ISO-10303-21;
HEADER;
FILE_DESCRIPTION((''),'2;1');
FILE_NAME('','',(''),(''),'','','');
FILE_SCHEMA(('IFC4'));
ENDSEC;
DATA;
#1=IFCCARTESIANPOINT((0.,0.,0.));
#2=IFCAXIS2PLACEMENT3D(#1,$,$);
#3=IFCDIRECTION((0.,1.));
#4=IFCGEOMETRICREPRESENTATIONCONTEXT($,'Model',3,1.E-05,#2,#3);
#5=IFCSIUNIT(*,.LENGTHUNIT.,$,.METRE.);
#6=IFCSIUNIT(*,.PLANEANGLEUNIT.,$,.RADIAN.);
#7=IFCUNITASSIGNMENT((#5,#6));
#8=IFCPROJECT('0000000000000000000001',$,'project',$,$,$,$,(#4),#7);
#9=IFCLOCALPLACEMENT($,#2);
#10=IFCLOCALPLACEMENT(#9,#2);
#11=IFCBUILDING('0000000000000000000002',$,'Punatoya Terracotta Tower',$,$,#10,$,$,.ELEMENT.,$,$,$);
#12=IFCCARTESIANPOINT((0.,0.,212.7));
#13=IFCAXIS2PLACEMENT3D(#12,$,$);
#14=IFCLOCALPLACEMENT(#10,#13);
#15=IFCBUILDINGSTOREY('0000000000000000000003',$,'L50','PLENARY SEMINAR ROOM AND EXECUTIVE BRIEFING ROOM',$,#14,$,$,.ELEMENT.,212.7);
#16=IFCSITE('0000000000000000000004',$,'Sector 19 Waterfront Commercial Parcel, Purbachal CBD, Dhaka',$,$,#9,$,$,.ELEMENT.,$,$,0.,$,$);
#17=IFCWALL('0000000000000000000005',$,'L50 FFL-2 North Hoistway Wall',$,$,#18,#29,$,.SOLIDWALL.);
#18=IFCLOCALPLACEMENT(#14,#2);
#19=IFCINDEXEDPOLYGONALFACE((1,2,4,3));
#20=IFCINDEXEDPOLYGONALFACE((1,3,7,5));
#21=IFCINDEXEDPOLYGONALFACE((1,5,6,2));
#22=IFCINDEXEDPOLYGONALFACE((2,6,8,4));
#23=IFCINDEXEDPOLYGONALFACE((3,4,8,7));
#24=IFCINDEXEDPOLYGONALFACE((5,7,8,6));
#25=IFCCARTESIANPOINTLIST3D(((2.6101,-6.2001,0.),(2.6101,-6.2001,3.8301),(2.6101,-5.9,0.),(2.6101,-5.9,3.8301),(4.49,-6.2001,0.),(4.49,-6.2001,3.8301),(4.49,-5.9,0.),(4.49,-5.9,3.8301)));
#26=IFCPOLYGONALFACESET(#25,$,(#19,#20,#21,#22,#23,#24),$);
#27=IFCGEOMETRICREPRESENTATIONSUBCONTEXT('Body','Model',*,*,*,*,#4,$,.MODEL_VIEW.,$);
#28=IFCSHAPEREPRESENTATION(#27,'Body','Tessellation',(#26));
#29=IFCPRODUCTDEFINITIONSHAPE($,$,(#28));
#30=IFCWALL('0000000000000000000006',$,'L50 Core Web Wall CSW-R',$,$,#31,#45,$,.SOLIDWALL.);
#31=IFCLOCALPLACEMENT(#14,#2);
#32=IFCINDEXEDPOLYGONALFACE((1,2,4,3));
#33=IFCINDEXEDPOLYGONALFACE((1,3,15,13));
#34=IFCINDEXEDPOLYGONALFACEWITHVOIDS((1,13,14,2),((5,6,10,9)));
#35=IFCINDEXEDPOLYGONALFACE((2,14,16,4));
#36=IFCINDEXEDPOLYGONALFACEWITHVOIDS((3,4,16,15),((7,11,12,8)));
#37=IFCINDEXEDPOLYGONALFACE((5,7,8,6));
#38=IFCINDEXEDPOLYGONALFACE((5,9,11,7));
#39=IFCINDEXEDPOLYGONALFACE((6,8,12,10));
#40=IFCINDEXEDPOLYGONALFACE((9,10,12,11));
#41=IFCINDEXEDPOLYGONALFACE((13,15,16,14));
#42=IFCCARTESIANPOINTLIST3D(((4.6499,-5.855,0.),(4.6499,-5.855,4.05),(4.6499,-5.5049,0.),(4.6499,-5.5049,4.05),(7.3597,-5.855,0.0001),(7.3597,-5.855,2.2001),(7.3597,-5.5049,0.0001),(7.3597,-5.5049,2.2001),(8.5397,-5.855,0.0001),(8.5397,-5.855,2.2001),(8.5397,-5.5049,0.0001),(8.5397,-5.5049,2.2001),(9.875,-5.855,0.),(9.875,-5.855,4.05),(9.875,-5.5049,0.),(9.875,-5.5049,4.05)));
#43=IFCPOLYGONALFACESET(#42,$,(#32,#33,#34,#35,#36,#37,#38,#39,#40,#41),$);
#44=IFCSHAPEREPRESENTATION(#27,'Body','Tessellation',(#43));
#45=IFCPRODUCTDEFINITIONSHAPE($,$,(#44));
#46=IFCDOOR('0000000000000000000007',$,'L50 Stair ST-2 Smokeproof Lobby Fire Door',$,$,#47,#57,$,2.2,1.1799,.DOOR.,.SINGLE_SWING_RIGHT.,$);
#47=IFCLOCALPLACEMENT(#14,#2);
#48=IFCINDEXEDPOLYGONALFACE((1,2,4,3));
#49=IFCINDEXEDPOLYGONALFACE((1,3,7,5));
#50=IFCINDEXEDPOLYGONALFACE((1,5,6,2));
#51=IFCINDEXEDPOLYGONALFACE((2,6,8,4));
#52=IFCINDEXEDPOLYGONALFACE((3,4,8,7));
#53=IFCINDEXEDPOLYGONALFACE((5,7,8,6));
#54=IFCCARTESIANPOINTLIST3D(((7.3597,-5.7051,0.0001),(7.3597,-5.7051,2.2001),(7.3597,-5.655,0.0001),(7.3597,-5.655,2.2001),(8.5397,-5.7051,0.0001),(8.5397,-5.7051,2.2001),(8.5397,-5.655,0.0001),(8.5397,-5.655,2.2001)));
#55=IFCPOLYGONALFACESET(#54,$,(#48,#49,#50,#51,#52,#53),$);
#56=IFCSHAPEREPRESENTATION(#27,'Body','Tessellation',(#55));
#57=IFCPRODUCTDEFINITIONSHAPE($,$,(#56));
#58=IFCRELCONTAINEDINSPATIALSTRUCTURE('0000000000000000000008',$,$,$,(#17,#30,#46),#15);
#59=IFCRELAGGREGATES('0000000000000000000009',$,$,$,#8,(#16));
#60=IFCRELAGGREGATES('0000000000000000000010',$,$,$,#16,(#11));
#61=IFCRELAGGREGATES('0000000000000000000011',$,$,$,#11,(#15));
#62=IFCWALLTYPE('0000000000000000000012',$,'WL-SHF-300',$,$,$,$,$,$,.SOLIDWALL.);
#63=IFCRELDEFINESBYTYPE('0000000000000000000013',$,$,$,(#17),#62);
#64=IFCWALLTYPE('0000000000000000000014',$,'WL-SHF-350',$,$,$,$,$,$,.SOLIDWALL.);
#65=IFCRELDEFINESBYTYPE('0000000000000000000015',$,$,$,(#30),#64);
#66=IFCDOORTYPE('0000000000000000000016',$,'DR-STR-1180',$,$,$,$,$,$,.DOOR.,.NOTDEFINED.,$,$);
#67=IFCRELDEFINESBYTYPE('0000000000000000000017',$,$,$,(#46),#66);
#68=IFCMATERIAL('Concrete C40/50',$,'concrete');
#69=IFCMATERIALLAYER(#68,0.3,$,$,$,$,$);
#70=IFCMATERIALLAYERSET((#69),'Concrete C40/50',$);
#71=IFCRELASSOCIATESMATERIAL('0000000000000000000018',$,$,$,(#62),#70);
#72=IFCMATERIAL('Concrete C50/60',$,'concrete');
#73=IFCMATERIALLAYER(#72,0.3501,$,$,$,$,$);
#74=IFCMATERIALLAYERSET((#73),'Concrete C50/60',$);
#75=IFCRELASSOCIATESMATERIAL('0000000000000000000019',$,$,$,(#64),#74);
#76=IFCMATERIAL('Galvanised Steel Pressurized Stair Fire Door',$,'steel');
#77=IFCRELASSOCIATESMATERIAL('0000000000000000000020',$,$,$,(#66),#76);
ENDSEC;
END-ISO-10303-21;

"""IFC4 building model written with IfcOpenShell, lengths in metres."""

from ifc_helpers import new_model, si_unit, direction, frame, frame_2d, origin, place, context, subcontext, project, spatial, rectangle, extrude, material, layer, layer_set, type_object, element, fill, save


model = new_model("IFC4")

# Units and contexts
model_context = context("Model", 3, precision=1e-05, world=origin(), true_north=direction((0.0, 1.0)))
body_context = subcontext(model_context, "Body", "Model", "MODEL_VIEW")
ifc_project = project(units=[si_unit("LENGTHUNIT", "METRE"), si_unit("PLANEANGLEUNIT", "RADIAN")], contexts=[model_context])

# Site, building, storey
site_placement = place(None, origin())
site = spatial("IfcSite", under=ifc_project, at=site_placement, Name="Sector 19 Waterfront Commercial Parcel, Purbachal CBD, Dhaka", CompositionType="ELEMENT", RefElevation=0.0)
building_placement = place(site_placement, origin())
building = spatial("IfcBuilding", under=site, at=building_placement, Name="Punatoya Terracotta Tower", CompositionType="ELEMENT")
storey_placement = place(building_placement, frame((0.0, 0.0, 212.7)))
storey = spatial("IfcBuildingStorey", under=building, at=storey_placement, Name="L50", Description="PLENARY SEMINAR ROOM AND EXECUTIVE BRIEFING ROOM", CompositionType="ELEMENT", Elevation=212.7)

# Shared definitions
ifc_material_1 = material(Name="Concrete C40/50", Category="concrete")

# Shared definitions
ifc_layer_1 = layer(ifc_material_1, 0.3)
ifc_layer_set_1 = layer_set([ifc_layer_1], Name="Concrete C40/50")
wall_type_1 = type_object("IfcWallType", Name="WL-SHF-300", PredefinedType="SOLIDWALL", material=ifc_layer_set_1)

# Wall
wall_1_placement = place(storey_placement, frame((2.6101, -6.05, 0.0), z_axis=(0.0, 0.0, 1.0), x_axis=(1.0, 0.0, 0.0)))
element("IfcWall", 1, at=wall_1_placement, inside=storey, type_object=wall_type_1, Name="L50 FFL-2 North Hoistway Wall", PredefinedType="SOLIDWALL", context=body_context, shape_type="SweptSolid", body=[
    extrude(rectangle(XDim=1.8799, YDim=0.3, at=frame_2d((0.9399, 0.0))), origin(), (0.0, 0.0, 1.0), 3.8301),
])

# Wall, opening, door
ifc_material_2 = material(Name="Concrete C50/60", Category="concrete")
ifc_layer_2 = layer(ifc_material_2, 0.3501)
ifc_layer_set_2 = layer_set([ifc_layer_2], Name="Concrete C50/60")
wall_type_2 = type_object("IfcWallType", Name="WL-SHF-350", PredefinedType="SOLIDWALL", material=ifc_layer_set_2)
wall_2_placement = place(storey_placement, frame((4.6499, -5.6799, 0.0), z_axis=(0.0, 0.0, 1.0), x_axis=(1.0, 0.0, 0.0)))
wall_2 = element("IfcWall", 2, at=wall_2_placement, inside=storey, type_object=wall_type_2, Name="L50 Core Web Wall CSW-R", PredefinedType="SOLIDWALL", context=body_context, shape_type="SweptSolid", body=[
    extrude(rectangle(XDim=5.2251, YDim=0.3501, at=frame_2d((2.6125, 0.0))), origin(), (0.0, 0.0, 1.0), 4.05),
])
opening_1_placement = place(wall_2_placement, frame((2.71, 0.0, 0.0)))
opening_1 = element("IfcOpeningElement", 3, at=opening_1_placement, cuts=wall_2, PredefinedType="OPENING", context=body_context, shape_type="SweptSolid", body=[
    extrude(rectangle(XDim=1.1799, YDim=2.2, at=frame_2d((0.5898, 1.1001))), frame((0.0, 0.1851, 0.0), z_axis=(0.0, -1.0, 0.0), x_axis=(1.0, 0.0, 0.0)), (0.0, 0.0, 1.0), 0.3701),
])
ifc_material_3 = material(Name="Galvanised Steel Pressurized Stair Fire Door", Category="steel")
door_type_1 = type_object("IfcDoorType", Name="DR-STR-1180", OperationType="NOTDEFINED", PredefinedType="DOOR", material=ifc_material_3)
door_1_placement = place(opening_1_placement, origin())
door_1 = element("IfcDoor", 4, at=door_1_placement, inside=storey, type_object=door_type_1, Name="L50 Stair ST-2 Smokeproof Lobby Fire Door", OperationType="SINGLE_SWING_RIGHT", OverallHeight=2.2, OverallWidth=1.1799, PredefinedType="DOOR", context=body_context, shape_type="SweptSolid", body=[
    extrude(rectangle(XDim=1.1799, YDim=2.2, at=frame_2d((0.5898, 1.1001))), frame((0.0, 0.0249, 0.0), z_axis=(0.0, -1.0, 0.0), x_axis=(1.0, 0.0, 0.0)), (0.0, 0.0, 1.0), 0.05),
])
fill(opening_1, door_1)

save(model, "model.ifc")
